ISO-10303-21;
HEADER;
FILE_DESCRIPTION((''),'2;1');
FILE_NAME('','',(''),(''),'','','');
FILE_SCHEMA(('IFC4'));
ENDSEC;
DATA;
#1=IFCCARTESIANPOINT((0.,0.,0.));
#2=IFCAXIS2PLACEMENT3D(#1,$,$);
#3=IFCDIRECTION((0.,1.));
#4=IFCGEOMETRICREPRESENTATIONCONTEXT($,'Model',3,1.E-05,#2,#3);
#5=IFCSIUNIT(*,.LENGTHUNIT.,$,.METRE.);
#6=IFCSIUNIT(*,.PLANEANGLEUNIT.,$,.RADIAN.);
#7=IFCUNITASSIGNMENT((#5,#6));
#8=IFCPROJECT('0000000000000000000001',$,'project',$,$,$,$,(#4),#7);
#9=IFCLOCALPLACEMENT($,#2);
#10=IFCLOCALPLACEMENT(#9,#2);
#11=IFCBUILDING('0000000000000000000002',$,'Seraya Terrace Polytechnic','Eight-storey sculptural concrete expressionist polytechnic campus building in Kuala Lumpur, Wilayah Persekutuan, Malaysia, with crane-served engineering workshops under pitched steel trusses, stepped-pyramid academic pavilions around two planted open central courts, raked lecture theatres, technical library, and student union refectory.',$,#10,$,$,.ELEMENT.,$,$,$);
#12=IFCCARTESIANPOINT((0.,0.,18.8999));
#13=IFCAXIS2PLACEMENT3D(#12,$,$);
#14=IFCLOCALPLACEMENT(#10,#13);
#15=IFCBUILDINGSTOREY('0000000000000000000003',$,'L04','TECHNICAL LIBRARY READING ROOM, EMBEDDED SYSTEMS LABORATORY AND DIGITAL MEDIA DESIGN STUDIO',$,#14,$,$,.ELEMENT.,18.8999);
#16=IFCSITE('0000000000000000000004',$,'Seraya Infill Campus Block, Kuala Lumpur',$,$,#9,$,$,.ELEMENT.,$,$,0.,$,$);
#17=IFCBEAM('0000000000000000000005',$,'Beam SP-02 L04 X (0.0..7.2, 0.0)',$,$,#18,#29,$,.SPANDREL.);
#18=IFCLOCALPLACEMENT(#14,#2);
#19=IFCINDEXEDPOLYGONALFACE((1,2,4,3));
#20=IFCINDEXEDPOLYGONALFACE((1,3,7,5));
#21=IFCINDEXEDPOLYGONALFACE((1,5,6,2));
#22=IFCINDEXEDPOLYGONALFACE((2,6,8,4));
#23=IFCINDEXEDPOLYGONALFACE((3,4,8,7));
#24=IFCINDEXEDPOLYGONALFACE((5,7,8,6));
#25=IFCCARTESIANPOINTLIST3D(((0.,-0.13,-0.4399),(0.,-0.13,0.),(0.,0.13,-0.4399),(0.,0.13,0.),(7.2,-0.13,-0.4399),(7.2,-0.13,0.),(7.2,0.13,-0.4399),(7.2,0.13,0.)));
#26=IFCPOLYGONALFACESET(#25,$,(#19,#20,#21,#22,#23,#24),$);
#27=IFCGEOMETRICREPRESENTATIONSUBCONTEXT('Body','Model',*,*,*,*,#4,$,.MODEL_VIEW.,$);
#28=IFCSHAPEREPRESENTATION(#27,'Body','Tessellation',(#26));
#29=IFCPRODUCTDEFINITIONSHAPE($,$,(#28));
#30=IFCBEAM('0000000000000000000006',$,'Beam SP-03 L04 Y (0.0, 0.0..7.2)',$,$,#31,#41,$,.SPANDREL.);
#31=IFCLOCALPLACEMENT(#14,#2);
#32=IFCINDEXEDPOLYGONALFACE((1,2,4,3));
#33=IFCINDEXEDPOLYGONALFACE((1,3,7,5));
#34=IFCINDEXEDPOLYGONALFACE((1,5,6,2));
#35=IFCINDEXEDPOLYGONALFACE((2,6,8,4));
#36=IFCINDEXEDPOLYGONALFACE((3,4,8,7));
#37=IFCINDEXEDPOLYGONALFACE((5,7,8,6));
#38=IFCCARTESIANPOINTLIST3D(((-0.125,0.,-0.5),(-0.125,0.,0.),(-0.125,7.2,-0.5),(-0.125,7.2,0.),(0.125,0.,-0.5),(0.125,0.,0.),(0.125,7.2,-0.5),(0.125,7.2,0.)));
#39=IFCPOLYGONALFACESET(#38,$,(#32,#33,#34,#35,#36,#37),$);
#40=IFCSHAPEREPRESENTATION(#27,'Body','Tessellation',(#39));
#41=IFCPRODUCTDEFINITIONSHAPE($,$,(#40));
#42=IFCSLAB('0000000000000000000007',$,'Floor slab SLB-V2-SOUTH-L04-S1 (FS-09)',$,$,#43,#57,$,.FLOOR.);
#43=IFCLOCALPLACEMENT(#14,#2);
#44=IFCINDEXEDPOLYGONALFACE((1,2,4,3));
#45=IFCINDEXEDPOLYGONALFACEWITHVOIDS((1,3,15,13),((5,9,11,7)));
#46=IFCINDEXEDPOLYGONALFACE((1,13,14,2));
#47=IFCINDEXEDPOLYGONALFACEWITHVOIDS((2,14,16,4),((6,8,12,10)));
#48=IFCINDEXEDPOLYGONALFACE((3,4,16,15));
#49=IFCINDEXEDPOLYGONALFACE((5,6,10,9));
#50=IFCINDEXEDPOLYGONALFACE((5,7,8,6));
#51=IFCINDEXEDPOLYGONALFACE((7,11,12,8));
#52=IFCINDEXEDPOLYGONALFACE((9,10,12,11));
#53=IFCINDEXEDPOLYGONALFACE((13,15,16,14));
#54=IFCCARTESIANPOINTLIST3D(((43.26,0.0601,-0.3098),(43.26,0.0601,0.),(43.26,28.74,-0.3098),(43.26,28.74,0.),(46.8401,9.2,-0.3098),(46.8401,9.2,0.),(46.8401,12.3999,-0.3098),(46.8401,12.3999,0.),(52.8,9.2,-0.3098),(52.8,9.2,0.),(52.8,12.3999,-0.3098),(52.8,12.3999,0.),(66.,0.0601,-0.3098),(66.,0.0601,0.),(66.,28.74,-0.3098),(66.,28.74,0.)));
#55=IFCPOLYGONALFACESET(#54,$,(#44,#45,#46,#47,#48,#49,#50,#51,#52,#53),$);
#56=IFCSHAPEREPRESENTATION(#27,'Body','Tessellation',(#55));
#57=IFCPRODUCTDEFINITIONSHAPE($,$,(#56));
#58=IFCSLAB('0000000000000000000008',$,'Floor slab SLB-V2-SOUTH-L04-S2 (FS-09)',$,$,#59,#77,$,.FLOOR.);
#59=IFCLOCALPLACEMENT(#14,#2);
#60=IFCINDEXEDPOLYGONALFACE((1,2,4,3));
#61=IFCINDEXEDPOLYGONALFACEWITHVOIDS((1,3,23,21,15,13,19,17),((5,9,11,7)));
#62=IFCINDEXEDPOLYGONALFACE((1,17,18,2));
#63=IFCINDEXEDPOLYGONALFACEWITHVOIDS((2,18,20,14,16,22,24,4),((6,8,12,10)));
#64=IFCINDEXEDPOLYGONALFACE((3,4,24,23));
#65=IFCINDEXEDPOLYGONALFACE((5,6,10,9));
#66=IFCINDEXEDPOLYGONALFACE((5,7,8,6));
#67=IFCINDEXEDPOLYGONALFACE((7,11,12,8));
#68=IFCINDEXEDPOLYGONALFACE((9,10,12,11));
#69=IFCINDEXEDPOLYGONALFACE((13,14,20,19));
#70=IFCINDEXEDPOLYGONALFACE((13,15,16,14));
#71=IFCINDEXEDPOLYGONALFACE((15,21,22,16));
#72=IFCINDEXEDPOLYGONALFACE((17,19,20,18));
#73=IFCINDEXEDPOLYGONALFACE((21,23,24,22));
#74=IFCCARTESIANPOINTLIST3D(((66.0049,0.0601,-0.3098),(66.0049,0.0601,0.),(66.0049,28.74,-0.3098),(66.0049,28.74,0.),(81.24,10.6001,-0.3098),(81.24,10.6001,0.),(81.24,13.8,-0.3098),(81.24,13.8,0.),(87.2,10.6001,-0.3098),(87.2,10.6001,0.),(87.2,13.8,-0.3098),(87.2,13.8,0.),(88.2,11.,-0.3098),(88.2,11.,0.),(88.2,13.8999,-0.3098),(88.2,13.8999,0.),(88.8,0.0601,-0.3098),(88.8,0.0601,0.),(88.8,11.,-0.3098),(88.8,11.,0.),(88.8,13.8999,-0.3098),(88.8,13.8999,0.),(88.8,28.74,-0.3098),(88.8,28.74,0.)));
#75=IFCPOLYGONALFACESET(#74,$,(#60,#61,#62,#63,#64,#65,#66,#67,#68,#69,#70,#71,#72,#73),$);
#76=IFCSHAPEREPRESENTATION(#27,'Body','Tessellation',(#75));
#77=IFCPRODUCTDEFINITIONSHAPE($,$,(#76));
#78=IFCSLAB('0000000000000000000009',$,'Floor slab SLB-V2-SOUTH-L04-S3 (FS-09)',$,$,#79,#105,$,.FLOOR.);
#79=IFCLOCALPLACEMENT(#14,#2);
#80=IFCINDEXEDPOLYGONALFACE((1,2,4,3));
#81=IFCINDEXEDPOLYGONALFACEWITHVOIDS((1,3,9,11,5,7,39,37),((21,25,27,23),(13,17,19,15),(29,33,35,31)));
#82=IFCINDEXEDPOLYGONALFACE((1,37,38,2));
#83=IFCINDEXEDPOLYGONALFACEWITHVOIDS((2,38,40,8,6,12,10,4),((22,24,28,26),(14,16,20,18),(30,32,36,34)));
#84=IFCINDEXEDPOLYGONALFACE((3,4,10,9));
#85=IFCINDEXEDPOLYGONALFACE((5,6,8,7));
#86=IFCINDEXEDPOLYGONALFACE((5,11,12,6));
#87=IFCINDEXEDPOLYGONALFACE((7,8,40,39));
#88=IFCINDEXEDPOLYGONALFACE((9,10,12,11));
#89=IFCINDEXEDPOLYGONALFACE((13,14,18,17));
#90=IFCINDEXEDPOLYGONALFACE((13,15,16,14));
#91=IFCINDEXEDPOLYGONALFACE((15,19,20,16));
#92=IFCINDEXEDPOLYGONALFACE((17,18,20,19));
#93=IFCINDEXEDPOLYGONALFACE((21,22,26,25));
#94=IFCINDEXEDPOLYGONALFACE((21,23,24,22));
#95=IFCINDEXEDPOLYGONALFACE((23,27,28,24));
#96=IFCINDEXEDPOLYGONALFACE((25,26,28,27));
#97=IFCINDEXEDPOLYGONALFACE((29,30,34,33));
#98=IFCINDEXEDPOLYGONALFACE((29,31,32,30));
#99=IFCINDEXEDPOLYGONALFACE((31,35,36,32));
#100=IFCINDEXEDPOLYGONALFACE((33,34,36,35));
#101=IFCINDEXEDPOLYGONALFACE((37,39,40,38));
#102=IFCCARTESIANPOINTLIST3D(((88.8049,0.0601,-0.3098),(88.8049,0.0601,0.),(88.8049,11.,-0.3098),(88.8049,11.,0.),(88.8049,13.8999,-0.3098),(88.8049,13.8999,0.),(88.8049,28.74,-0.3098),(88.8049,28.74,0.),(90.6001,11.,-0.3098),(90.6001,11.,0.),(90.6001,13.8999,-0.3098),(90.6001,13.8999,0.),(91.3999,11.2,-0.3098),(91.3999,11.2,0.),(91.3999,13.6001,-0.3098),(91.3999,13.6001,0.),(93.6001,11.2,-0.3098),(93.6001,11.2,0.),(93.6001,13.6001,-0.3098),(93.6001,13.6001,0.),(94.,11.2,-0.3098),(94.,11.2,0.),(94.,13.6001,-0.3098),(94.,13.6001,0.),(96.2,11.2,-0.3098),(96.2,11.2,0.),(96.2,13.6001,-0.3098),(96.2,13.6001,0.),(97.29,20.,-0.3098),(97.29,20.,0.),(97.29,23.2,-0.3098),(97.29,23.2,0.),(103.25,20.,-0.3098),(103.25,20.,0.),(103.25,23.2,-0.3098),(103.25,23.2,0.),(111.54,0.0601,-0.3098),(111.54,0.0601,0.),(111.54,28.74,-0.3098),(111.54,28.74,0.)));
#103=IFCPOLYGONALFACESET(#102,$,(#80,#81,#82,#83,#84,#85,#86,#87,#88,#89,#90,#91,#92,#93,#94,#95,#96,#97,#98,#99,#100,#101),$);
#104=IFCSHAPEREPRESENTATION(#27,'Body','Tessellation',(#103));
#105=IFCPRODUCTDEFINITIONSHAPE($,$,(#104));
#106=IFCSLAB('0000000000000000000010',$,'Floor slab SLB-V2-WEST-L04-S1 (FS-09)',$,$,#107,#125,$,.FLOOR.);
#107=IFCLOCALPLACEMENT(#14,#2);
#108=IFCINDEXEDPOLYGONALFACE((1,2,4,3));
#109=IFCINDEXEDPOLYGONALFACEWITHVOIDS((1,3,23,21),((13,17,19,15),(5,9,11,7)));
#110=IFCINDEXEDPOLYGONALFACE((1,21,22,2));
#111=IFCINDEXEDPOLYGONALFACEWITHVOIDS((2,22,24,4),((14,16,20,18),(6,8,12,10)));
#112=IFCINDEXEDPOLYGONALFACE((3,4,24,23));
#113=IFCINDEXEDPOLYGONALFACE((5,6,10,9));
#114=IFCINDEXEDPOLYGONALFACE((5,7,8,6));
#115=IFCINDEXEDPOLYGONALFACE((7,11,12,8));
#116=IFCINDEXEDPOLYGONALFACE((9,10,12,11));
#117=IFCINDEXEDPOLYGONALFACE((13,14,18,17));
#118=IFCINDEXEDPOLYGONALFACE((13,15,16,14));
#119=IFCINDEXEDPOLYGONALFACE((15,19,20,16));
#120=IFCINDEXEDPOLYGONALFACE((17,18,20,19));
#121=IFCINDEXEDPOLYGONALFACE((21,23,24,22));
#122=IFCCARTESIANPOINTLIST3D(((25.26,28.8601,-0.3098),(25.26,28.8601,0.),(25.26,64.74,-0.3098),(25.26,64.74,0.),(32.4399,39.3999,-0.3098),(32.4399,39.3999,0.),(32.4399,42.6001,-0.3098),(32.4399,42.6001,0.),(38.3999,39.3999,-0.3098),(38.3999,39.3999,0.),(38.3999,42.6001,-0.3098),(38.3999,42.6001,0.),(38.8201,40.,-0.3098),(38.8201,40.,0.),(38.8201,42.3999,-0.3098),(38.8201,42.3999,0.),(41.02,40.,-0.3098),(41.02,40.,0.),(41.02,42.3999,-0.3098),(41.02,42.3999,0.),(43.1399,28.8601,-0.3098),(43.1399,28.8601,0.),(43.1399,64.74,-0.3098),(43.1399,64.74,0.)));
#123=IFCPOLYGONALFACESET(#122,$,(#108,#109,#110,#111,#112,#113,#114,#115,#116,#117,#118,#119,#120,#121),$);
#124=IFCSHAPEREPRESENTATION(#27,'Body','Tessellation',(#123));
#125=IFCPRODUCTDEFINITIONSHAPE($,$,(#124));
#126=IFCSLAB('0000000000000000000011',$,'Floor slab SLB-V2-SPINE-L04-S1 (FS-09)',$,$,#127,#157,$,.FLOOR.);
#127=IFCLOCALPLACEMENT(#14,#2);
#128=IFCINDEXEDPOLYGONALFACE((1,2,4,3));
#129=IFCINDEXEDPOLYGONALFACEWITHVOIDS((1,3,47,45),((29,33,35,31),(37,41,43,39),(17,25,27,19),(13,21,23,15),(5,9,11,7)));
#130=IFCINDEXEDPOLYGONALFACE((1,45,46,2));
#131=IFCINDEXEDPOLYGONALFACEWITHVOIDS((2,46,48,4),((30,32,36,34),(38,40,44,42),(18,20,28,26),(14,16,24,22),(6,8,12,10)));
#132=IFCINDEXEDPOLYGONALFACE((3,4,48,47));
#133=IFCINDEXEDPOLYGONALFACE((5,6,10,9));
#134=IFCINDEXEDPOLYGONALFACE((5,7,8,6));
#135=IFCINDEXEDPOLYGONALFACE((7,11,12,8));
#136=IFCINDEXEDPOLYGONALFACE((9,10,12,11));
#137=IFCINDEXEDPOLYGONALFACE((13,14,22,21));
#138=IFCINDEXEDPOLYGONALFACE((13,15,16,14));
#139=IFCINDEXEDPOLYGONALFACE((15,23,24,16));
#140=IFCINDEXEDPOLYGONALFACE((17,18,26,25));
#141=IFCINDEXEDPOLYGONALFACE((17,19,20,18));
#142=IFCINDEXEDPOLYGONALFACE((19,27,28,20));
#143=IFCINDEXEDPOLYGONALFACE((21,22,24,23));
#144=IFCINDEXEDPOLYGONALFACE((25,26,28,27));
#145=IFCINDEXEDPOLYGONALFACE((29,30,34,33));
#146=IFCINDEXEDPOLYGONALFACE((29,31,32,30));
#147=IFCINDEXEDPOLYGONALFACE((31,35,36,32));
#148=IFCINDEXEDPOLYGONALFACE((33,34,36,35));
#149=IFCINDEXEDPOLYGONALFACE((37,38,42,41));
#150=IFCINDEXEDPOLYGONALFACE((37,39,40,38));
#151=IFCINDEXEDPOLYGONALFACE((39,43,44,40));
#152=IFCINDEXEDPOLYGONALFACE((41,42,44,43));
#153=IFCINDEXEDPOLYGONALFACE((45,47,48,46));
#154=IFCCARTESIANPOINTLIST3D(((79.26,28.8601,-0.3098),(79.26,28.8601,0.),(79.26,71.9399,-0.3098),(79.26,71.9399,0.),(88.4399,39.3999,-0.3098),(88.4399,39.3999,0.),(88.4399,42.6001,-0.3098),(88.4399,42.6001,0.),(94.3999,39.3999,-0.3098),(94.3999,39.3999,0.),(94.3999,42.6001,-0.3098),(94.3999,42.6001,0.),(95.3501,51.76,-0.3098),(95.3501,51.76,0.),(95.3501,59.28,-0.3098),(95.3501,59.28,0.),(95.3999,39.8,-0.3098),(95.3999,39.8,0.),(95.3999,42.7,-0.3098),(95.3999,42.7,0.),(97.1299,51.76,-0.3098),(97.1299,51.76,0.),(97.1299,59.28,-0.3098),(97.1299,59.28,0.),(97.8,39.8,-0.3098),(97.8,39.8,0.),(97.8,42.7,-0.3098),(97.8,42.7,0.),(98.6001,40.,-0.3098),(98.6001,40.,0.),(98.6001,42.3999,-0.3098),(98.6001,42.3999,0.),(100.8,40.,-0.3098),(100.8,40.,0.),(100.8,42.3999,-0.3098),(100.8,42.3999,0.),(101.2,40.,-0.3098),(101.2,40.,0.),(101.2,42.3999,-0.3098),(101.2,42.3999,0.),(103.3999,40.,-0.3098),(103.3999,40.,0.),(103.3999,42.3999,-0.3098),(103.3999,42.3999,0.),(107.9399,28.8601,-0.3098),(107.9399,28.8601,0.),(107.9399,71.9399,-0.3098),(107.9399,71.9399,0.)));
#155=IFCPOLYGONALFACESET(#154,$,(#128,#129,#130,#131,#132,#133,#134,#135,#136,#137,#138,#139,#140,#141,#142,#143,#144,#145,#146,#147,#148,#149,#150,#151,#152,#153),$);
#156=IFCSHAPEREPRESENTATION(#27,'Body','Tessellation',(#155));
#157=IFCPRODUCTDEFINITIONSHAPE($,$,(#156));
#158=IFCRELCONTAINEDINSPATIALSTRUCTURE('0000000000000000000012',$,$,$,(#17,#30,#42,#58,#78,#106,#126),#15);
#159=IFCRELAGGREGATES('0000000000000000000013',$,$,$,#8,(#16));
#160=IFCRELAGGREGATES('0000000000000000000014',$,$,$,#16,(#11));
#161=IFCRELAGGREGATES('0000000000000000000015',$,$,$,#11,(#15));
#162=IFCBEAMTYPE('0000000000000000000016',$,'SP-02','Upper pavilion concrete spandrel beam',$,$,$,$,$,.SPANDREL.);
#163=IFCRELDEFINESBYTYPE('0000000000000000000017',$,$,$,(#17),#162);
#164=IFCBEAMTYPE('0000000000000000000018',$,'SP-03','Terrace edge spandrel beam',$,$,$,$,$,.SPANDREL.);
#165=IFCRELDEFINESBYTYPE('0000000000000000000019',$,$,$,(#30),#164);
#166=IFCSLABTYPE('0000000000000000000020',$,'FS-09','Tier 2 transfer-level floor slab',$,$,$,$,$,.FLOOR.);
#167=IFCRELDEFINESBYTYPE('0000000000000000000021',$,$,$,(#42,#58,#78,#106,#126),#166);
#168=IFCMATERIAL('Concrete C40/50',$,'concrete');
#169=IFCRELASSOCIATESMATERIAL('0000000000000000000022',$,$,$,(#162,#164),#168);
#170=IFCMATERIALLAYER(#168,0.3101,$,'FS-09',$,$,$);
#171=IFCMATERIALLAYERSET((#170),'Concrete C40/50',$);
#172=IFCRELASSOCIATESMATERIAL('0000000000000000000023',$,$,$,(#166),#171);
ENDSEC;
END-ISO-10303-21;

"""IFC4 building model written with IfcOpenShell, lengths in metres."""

from ifc_helpers import new_model, si_unit, direction, frame, origin, origin_2d, place, context, subcontext, project, spatial, polyline, rectangle, outline, extrude, material, layer, layer_set, material_profile, profile_set, type_object, element, save


model = new_model("IFC4")

# Units and contexts
model_context = context("Model", 3, precision=1e-05, world=origin(), true_north=direction((0.0, 1.0)))
body_context = subcontext(model_context, "Body", "Model", "MODEL_VIEW")
ifc_project = project(units=[si_unit("LENGTHUNIT", "METRE"), si_unit("PLANEANGLEUNIT", "RADIAN")], contexts=[model_context])

# Site, building, storey
site_placement = place(None, origin())
site = spatial("IfcSite", under=ifc_project, at=site_placement, Name="Seraya Infill Campus Block, Kuala Lumpur", CompositionType="ELEMENT", RefElevation=0.0)
building_placement = place(site_placement, origin())
building = spatial("IfcBuilding", under=site, at=building_placement, Name="Seraya Terrace Polytechnic", Description="Eight-storey sculptural concrete expressionist polytechnic campus building in Kuala Lumpur, Wilayah Persekutuan, Malaysia, with crane-served engineering workshops under pitched steel trusses, stepped-pyramid academic pavilions around two planted open central courts, raked lecture theatres, technical library, and student union refectory.", CompositionType="ELEMENT")
storey_placement = place(building_placement, frame((0.0, 0.0, 18.8999)))
storey = spatial("IfcBuildingStorey", under=building, at=storey_placement, Name="L04", Description="TECHNICAL LIBRARY READING ROOM, EMBEDDED SYSTEMS LABORATORY AND DIGITAL MEDIA DESIGN STUDIO", CompositionType="ELEMENT", Elevation=18.8999)

# Beams
ifc_material_1 = material(Name="Concrete C40/50", Category="concrete")
ifc_material_profile_1 = material_profile(ifc_material_1, rectangle(XDim=0.26, YDim=0.4399, at=origin_2d()), Name="RC 260x440")
ifc_profile_set_1 = profile_set([ifc_material_profile_1], Name="Concrete C40/50")
beam_type_1 = type_object("IfcBeamType", Name="SP-02", Description="Upper pavilion concrete spandrel beam", PredefinedType="SPANDREL", material=ifc_profile_set_1)
beam_1_placement = place(storey_placement, frame((0.0, 0.0, -0.22), z_axis=(1.0, 0.0, 0.0), x_axis=(0.0, 1.0, 0.0)))
element("IfcBeam", 1, at=beam_1_placement, inside=storey, type_object=beam_type_1, Name="Beam SP-02 L04 X (0.0..7.2, 0.0)", PredefinedType="SPANDREL", context=body_context, shape_type="SweptSolid", body=[
    extrude(rectangle(XDim=0.26, YDim=0.4399, at=origin_2d()), origin(), (0.0, 0.0, 1.0), 7.2),
])
ifc_material_profile_2 = material_profile(ifc_material_1, rectangle(XDim=0.25, YDim=0.5, at=origin_2d()), Name="RC 250x500")
ifc_profile_set_2 = profile_set([ifc_material_profile_2], Name="Concrete C40/50")
beam_type_2 = type_object("IfcBeamType", Name="SP-03", Description="Terrace edge spandrel beam", PredefinedType="SPANDREL", material=ifc_profile_set_2)
beam_2_placement = place(storey_placement, frame((0.0, 0.0, -0.25), z_axis=(0.0, 1.0, 0.0), x_axis=(-1.0, 0.0, 0.0)))
element("IfcBeam", 2, at=beam_2_placement, inside=storey, type_object=beam_type_2, Name="Beam SP-03 L04 Y (0.0, 0.0..7.2)", PredefinedType="SPANDREL", context=body_context, shape_type="SweptSolid", body=[
    extrude(rectangle(XDim=0.25, YDim=0.5, at=origin_2d()), origin(), (0.0, 0.0, 1.0), 7.2),
])

# Slabs
ifc_layer_1 = layer(ifc_material_1, 0.3101, Name="FS-09")
ifc_layer_set_1 = layer_set([ifc_layer_1], Name="Concrete C40/50")
slab_type_1 = type_object("IfcSlabType", Name="FS-09", Description="Tier 2 transfer-level floor slab", PredefinedType="FLOOR", material=ifc_layer_set_1)
slab_1_placement = place(storey_placement, frame((0.0, 0.0, -0.3098)))
element("IfcSlab", 3, at=slab_1_placement, inside=storey, type_object=slab_type_1, Name="Floor slab SLB-V2-SOUTH-L04-S1 (FS-09)", PredefinedType="FLOOR", context=body_context, shape_type="SweptSolid", body=[
    extrude(outline(polyline([(43.26, 0.0601), (43.26, 28.74), (66.0, 28.74), (66.0, 0.0601), (43.26, 0.0601)]), holes=[polyline([(46.8401, 12.3999), (46.8401, 9.2), (52.8, 9.2), (52.8, 12.3999), (46.8401, 12.3999)])]), origin(), (0.0, 0.0, 1.0), 0.3098),
])
slab_2_placement = place(storey_placement, frame((0.0, 0.0, -0.3098)))
element("IfcSlab", 4, at=slab_2_placement, inside=storey, type_object=slab_type_1, Name="Floor slab SLB-V2-SOUTH-L04-S2 (FS-09)", PredefinedType="FLOOR", context=body_context, shape_type="SweptSolid", body=[
    extrude(outline(polyline([(66.0049, 0.0601), (66.0049, 28.74), (88.8, 28.74), (88.8, 13.8999), (88.2, 13.8999), (88.2, 11.0), (88.8, 11.0), (88.8, 0.0601), (66.0049, 0.0601)]), holes=[polyline([(81.24, 13.8), (81.24, 10.6001), (87.2, 10.6001), (87.2, 13.8), (81.24, 13.8)])]), origin(), (0.0, 0.0, 1.0), 0.3098),
])
slab_3_placement = place(storey_placement, frame((0.0, 0.0, -0.3098)))
element("IfcSlab", 5, at=slab_3_placement, inside=storey, type_object=slab_type_1, Name="Floor slab SLB-V2-SOUTH-L04-S3 (FS-09)", PredefinedType="FLOOR", context=body_context, shape_type="SweptSolid", body=[
    extrude(outline(polyline([(111.54, 28.74), (111.54, 0.0601), (88.8049, 0.0601), (88.8049, 11.0), (90.6001, 11.0), (90.6001, 13.8999), (88.8049, 13.8999), (88.8049, 28.74), (111.54, 28.74)]), holes=[polyline([(91.3999, 13.6001), (91.3999, 11.2), (93.6001, 11.2), (93.6001, 13.6001), (91.3999, 13.6001)]), polyline([(94.0, 13.6001), (94.0, 11.2), (96.2, 11.2), (96.2, 13.6001), (94.0, 13.6001)]), polyline([(97.29, 23.2), (97.29, 20.0), (103.25, 20.0), (103.25, 23.2), (97.29, 23.2)])]), origin(), (0.0, 0.0, 1.0), 0.3098),
])
slab_4_placement = place(storey_placement, frame((0.0, 0.0, -0.3098)))
element("IfcSlab", 6, at=slab_4_placement, inside=storey, type_object=slab_type_1, Name="Floor slab SLB-V2-WEST-L04-S1 (FS-09)", PredefinedType="FLOOR", context=body_context, shape_type="SweptSolid", body=[
    extrude(outline(polyline([(25.26, 64.74), (43.1399, 64.74), (43.1399, 28.8601), (25.26, 28.8601), (25.26, 64.74)]), holes=[polyline([(32.4399, 42.6001), (32.4399, 39.3999), (38.3999, 39.3999), (38.3999, 42.6001), (32.4399, 42.6001)]), polyline([(38.8201, 40.0), (41.02, 40.0), (41.02, 42.3999), (38.8201, 42.3999), (38.8201, 40.0)])]), origin(), (0.0, 0.0, 1.0), 0.3098),
])
slab_5_placement = place(storey_placement, frame((0.0, 0.0, -0.3098)))
element("IfcSlab", 7, at=slab_5_placement, inside=storey, type_object=slab_type_1, Name="Floor slab SLB-V2-SPINE-L04-S1 (FS-09)", PredefinedType="FLOOR", context=body_context, shape_type="SweptSolid", body=[
    extrude(outline(polyline([(79.26, 71.9399), (107.9399, 71.9399), (107.9399, 28.8601), (79.26, 28.8601), (79.26, 71.9399)]), holes=[polyline([(88.4399, 42.6001), (88.4399, 39.3999), (94.3999, 39.3999), (94.3999, 42.6001), (88.4399, 42.6001)]), polyline([(98.6001, 42.3999), (98.6001, 40.0), (100.8, 40.0), (100.8, 42.3999), (98.6001, 42.3999)]), polyline([(101.2, 42.3999), (101.2, 40.0), (103.3999, 40.0), (103.3999, 42.3999), (101.2, 42.3999)]), polyline([(95.3999, 42.7), (95.3999, 39.8), (97.8, 39.8), (97.8, 42.7), (95.3999, 42.7)]), polyline([(95.3501, 59.28), (95.3501, 51.76), (97.1299, 51.76), (97.1299, 59.28), (95.3501, 59.28)])]), origin(), (0.0, 0.0, 1.0), 0.3098),
])

save(model, "model.ifc")
